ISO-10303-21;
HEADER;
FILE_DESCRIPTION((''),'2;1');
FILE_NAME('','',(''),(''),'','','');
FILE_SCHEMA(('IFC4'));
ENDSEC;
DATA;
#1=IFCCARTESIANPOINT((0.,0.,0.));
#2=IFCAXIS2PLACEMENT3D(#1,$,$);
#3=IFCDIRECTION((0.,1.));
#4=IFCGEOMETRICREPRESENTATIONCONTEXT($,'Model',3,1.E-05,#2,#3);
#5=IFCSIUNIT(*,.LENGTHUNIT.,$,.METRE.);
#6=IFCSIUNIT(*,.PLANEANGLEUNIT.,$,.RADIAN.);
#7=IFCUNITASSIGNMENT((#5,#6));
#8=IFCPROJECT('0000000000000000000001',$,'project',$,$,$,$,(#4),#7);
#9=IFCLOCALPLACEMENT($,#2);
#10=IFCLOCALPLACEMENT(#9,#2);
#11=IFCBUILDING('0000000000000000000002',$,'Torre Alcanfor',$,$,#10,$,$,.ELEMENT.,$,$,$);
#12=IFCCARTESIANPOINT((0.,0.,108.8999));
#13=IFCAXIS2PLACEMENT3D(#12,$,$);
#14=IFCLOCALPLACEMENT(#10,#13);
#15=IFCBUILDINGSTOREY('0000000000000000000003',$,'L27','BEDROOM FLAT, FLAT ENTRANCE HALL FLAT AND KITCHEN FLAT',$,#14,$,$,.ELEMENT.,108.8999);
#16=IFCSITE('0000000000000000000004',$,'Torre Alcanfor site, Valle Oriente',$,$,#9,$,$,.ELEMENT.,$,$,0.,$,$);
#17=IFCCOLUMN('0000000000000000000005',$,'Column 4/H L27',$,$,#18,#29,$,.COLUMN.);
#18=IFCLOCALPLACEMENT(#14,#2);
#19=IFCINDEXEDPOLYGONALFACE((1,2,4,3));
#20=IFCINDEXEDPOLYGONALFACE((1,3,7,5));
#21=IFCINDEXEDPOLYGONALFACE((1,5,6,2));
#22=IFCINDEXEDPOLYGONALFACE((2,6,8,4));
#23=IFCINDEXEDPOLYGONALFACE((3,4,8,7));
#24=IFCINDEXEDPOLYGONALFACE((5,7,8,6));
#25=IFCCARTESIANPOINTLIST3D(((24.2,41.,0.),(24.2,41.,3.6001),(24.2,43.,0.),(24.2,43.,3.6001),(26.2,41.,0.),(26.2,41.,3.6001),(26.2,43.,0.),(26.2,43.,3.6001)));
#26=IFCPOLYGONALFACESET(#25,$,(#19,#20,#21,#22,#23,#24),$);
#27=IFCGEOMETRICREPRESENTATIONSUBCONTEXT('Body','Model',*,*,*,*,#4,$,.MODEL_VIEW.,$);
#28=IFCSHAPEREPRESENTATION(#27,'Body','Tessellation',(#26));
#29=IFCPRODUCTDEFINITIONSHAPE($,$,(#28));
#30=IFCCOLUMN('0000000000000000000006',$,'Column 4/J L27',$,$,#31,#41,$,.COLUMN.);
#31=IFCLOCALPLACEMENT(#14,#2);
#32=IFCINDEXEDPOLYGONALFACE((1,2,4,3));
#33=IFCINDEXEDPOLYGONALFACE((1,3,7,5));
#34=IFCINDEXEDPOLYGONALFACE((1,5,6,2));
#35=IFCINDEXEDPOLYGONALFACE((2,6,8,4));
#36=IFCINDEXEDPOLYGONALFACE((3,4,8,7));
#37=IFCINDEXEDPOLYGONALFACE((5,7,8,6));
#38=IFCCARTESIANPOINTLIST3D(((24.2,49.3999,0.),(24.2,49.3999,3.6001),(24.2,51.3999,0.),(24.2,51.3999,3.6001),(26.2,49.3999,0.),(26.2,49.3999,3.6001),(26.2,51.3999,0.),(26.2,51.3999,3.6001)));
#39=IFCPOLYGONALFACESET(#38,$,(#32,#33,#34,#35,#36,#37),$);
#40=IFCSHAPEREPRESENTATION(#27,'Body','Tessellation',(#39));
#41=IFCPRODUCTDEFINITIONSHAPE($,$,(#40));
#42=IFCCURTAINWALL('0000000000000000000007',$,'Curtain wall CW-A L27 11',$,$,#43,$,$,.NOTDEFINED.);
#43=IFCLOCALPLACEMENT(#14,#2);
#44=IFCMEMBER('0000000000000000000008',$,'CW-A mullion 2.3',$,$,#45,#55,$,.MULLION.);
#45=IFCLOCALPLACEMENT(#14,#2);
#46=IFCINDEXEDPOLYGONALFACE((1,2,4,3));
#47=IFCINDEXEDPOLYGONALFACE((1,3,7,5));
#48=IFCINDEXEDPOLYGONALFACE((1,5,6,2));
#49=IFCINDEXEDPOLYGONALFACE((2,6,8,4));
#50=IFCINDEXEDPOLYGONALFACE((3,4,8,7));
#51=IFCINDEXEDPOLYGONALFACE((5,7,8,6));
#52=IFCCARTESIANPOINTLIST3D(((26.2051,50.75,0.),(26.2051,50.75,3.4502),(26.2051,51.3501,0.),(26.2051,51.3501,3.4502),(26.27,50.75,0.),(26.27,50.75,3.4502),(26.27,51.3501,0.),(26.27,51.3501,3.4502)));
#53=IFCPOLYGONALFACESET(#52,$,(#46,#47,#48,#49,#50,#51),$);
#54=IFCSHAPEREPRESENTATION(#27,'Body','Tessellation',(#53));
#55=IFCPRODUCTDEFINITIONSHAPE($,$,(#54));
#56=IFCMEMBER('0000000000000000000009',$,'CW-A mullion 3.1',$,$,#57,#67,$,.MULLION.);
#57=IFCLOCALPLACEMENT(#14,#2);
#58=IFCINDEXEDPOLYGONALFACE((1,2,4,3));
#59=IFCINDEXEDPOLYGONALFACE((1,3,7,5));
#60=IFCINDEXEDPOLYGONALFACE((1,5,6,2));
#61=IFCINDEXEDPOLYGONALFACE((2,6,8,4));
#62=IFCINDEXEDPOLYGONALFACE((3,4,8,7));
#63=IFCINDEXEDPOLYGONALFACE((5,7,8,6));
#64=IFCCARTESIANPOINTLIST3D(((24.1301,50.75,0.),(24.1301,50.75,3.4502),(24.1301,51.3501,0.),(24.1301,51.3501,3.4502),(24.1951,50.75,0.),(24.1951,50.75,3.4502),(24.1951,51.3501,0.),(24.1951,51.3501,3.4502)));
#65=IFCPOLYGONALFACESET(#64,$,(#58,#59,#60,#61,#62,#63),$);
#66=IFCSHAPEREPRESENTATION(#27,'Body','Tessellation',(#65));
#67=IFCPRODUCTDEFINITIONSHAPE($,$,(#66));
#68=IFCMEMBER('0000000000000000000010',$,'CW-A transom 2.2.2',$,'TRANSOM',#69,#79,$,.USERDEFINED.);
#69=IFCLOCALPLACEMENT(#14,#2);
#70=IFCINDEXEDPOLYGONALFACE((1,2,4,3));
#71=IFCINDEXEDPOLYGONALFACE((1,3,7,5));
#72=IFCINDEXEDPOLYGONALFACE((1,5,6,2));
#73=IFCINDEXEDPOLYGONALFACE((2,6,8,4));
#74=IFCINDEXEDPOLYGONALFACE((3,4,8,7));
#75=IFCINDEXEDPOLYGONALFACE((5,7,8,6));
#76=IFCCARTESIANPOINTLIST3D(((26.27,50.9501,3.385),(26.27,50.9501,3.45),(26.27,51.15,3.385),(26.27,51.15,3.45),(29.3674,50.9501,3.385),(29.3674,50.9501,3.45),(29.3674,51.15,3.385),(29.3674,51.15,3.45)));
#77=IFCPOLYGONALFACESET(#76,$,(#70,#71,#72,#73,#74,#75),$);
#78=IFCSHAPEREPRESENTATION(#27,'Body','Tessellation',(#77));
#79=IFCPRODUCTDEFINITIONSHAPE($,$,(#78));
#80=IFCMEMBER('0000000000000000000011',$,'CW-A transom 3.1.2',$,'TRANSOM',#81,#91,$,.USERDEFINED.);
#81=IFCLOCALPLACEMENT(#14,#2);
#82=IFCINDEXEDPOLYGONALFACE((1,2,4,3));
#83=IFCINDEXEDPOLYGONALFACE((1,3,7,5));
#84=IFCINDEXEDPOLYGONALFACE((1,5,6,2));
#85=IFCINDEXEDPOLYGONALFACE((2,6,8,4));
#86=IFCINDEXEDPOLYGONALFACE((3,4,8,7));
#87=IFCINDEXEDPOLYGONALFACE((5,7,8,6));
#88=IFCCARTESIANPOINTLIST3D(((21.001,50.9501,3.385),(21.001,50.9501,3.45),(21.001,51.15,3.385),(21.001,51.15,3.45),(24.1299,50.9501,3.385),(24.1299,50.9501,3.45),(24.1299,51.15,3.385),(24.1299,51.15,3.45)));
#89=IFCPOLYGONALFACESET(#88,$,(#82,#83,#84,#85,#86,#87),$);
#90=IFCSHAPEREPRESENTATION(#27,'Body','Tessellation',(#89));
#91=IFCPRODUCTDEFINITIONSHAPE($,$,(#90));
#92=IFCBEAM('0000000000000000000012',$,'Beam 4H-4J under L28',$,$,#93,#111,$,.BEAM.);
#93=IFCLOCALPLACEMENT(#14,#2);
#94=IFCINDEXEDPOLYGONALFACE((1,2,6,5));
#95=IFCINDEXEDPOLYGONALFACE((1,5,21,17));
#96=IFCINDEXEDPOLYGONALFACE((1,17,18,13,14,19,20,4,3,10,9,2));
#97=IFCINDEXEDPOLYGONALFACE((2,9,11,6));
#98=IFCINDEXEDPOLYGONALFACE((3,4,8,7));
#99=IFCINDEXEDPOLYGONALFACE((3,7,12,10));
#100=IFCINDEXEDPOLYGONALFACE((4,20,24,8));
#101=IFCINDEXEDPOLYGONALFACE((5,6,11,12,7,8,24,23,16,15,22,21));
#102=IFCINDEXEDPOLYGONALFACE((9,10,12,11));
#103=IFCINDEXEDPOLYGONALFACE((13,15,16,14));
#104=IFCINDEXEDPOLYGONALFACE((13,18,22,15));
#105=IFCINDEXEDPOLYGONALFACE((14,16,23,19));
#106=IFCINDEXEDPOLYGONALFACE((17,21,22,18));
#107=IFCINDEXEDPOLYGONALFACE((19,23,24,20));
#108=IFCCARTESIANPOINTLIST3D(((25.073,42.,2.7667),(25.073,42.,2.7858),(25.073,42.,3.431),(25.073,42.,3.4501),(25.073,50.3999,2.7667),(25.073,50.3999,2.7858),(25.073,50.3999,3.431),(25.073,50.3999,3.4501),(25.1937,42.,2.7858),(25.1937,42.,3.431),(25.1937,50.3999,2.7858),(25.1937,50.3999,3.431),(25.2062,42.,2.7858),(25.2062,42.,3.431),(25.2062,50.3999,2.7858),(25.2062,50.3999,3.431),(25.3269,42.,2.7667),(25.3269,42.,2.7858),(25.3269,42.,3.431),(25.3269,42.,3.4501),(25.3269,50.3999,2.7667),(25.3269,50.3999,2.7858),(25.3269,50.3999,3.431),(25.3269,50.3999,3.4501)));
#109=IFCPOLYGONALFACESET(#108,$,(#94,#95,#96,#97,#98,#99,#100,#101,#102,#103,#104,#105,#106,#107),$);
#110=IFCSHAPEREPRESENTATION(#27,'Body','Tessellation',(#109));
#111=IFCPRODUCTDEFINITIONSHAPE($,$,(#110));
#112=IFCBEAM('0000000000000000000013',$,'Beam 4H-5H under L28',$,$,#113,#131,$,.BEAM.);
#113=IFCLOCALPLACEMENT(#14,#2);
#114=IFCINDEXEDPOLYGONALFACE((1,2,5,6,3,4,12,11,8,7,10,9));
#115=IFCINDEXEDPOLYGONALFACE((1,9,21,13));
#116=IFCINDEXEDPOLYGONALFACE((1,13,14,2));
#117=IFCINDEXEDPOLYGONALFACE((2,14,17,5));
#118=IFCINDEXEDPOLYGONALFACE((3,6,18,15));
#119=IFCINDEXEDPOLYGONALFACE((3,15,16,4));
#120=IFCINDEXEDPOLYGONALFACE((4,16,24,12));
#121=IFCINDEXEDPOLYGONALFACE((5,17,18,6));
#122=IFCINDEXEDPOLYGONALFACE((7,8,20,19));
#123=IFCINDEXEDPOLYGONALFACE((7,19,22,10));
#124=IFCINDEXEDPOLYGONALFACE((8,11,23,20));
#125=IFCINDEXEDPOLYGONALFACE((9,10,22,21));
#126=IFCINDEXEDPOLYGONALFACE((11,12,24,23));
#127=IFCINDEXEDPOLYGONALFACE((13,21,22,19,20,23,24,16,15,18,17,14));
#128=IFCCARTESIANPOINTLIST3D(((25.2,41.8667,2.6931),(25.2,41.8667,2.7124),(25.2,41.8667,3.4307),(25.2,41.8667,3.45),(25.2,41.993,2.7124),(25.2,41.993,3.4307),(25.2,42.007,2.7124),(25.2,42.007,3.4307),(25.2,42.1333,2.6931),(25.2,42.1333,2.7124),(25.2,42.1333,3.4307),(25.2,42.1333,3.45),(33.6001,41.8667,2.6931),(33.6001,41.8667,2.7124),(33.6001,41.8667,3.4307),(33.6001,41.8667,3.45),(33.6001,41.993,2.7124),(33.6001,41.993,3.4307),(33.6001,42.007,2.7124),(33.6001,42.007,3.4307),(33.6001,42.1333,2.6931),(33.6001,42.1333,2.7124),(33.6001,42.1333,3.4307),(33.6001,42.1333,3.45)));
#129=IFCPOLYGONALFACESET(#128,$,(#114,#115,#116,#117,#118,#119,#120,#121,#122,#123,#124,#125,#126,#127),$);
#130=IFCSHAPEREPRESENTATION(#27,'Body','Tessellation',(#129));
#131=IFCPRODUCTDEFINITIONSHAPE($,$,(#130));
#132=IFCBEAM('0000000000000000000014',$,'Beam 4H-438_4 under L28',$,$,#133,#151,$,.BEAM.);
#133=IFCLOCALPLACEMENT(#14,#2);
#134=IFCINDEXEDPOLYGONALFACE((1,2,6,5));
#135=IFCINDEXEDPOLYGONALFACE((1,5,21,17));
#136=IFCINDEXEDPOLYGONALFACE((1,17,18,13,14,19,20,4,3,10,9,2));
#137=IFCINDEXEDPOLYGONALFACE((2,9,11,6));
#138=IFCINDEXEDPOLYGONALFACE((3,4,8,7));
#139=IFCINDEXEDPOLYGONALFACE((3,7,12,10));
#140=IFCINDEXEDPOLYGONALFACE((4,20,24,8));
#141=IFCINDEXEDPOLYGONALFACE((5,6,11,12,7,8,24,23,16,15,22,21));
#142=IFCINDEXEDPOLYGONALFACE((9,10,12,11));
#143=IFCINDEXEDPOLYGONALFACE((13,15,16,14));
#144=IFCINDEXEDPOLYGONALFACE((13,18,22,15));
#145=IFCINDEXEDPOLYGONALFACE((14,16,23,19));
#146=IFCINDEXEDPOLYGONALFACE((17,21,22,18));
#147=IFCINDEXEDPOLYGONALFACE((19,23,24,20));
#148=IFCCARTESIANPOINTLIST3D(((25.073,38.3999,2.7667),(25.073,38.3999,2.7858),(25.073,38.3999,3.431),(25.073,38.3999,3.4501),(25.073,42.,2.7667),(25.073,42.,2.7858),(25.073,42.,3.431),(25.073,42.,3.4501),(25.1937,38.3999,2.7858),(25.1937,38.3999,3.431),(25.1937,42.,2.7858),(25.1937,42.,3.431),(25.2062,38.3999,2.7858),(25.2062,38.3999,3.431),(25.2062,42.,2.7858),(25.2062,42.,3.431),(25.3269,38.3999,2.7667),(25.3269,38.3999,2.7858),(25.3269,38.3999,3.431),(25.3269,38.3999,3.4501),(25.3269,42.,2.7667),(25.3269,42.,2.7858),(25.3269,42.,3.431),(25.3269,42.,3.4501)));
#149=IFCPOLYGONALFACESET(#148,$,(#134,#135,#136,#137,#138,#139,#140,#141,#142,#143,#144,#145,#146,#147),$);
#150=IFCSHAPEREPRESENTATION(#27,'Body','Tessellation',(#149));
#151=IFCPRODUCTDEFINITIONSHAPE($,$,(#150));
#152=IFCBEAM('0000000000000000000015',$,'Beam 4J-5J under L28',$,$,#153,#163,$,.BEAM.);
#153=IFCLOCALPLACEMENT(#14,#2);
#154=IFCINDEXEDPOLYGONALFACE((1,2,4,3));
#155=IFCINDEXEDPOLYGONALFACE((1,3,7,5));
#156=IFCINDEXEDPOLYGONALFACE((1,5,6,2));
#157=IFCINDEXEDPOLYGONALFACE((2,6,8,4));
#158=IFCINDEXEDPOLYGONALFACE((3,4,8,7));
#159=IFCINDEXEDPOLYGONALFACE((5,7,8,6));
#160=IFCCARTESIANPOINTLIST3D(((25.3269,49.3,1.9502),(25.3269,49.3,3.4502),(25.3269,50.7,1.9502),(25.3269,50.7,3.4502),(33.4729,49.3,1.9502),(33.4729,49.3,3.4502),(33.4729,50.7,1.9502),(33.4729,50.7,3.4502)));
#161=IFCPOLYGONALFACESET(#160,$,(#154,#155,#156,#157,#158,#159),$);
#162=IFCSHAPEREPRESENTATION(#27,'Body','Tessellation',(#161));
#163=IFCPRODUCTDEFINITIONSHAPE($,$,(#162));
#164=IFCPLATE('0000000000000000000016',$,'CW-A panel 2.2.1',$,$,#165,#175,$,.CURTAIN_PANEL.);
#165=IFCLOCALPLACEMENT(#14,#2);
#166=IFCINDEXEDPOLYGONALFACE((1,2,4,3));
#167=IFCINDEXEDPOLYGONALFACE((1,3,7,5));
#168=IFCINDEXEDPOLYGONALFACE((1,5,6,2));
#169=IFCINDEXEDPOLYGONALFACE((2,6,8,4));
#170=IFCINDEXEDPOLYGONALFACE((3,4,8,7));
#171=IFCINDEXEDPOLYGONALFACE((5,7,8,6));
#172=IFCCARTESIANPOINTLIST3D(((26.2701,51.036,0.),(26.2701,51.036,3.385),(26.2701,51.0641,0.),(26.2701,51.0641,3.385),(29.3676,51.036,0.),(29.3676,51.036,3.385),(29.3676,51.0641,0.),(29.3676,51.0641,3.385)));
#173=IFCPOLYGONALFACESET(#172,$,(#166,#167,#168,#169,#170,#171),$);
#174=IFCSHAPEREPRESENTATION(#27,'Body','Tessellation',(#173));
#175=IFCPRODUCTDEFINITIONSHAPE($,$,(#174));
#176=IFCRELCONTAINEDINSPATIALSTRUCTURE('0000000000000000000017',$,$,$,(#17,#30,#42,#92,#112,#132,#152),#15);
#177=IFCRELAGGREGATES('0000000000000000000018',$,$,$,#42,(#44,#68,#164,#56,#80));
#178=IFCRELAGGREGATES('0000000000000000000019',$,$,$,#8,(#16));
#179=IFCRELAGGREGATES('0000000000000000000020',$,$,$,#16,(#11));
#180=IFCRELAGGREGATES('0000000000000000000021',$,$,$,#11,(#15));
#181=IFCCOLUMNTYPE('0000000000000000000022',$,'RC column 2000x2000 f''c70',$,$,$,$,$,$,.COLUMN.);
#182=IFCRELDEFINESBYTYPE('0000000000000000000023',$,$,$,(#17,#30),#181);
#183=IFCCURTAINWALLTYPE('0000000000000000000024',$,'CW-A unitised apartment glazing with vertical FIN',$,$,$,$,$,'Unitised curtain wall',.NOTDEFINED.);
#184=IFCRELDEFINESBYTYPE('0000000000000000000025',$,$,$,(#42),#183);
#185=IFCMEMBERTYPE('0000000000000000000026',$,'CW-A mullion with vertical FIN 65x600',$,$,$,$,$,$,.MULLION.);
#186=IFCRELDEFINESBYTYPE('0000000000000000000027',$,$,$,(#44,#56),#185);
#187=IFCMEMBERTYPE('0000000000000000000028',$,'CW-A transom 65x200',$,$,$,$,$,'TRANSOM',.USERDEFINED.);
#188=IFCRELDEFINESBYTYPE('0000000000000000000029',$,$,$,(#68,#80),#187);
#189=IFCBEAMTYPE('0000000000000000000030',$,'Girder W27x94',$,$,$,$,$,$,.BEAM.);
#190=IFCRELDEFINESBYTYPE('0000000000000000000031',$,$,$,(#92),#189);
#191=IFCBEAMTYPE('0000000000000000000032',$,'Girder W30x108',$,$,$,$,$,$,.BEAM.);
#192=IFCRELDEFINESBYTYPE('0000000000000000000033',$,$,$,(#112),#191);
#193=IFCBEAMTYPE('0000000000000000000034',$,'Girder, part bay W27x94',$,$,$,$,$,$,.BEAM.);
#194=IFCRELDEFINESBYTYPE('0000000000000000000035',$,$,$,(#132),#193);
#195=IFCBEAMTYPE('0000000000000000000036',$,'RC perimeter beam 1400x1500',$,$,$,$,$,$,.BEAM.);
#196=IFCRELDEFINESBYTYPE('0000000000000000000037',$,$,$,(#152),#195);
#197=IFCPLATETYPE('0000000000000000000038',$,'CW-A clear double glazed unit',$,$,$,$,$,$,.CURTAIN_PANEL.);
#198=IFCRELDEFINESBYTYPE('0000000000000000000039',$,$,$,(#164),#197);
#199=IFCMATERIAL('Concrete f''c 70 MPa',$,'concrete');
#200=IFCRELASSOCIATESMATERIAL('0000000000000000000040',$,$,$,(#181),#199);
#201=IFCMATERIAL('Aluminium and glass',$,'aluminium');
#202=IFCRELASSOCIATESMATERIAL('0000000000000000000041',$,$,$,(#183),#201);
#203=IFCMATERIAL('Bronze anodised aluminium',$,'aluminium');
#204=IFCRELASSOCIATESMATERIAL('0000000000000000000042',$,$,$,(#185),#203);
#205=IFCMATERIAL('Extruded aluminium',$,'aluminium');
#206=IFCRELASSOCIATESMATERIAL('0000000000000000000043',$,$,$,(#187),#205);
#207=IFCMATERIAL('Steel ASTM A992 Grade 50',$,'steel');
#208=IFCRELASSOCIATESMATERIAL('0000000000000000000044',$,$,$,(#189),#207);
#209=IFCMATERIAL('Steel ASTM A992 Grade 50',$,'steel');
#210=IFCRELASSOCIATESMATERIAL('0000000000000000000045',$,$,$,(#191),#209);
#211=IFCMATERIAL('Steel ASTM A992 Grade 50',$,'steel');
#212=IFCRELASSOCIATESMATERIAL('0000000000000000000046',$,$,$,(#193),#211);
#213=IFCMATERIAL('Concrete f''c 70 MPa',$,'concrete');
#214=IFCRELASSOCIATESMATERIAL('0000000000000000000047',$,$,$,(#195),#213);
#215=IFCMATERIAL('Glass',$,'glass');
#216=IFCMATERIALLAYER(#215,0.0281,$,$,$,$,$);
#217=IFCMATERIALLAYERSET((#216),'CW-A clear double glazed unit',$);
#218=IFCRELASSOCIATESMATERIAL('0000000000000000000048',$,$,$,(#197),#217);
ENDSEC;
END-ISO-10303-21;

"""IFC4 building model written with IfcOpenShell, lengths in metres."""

from ifc_helpers import new_model, si_unit, direction, frame, origin, origin_2d, place, context, subcontext, project, spatial, rectangle, i_section, extrude, material, layer, layer_set, material_profile, profile_set, type_object, element, aggregate, save


model = new_model("IFC4")

# Units and contexts
model_context = context("Model", 3, precision=1e-05, world=origin(), true_north=direction((0.0, 1.0)))
body_context = subcontext(model_context, "Body", "Model", "MODEL_VIEW")
ifc_project = project(units=[si_unit("LENGTHUNIT", "METRE"), si_unit("PLANEANGLEUNIT", "RADIAN")], contexts=[model_context])

# Site, building, storey
site_placement = place(None, origin())
site = spatial("IfcSite", under=ifc_project, at=site_placement, Name="Torre Alcanfor site, Valle Oriente", CompositionType="ELEMENT", RefElevation=0.0)
building_placement = place(site_placement, origin())
building = spatial("IfcBuilding", under=site, at=building_placement, Name="Torre Alcanfor", CompositionType="ELEMENT")
storey_placement = place(building_placement, frame((0.0, 0.0, 108.8999)))
storey = spatial("IfcBuildingStorey", under=building, at=storey_placement, Name="L27", Description="BEDROOM FLAT, FLAT ENTRANCE HALL FLAT AND KITCHEN FLAT", CompositionType="ELEMENT", Elevation=108.8999)

# Columns
ifc_material_1 = material(Name="Concrete f'c 70 MPa", Category="concrete")
ifc_material_profile_1 = material_profile(ifc_material_1, rectangle(XDim=2.0, YDim=2.0, at=origin_2d()), Name="2000x2000")
ifc_profile_set_1 = profile_set([ifc_material_profile_1], Name="Concrete f'c 70 MPa")
column_type = type_object("IfcColumnType", Name="RC column 2000x2000 f'c70", PredefinedType="COLUMN", material=ifc_profile_set_1)
for number, where, z_axis, x_axis, name in (
    (1, (25.2, 42.0, 0.0), (0.0, 0.0, 1.0), (1.0, 0.0, 0.0), "Column 4/H L27"),
    (2, (25.2, 50.3999, 0.0), (0.0, 0.0, 1.0), (1.0, 0.0, 0.0), "Column 4/J L27"),
):
    element("IfcColumn", number, at=place(storey_placement, frame(where, z_axis=z_axis, x_axis=x_axis)), inside=storey, type_object=column_type, Name=name, PredefinedType="COLUMN", context=body_context, shape_type="SweptSolid", body=[
        extrude(rectangle(XDim=2.0, YDim=2.0, at=origin_2d()), origin(), (0.0, 0.0, 1.0), 3.6001),
    ])

# Curtain wall, members
ifc_material_2 = material(Name="Aluminium and glass", Category="aluminium")
curtain_wall_type = type_object("IfcCurtainWallType", Name="CW-A unitised apartment glazing with vertical FIN", ElementType="Unitised curtain wall", PredefinedType="NOTDEFINED", material=ifc_material_2)
curtain_wall_placement = place(storey_placement, origin())
curtain_wall = element("IfcCurtainWall", 3, at=curtain_wall_placement, inside=storey, type_object=curtain_wall_type, Name="Curtain wall CW-A L27 11", PredefinedType="NOTDEFINED")
ifc_material_3 = material(Name="Bronze anodised aluminium", Category="aluminium")
ifc_material_profile_2 = material_profile(ifc_material_3, rectangle(XDim=0.6001, YDim=0.0649, at=origin_2d()), Name="CW-A mullion 65x600")
ifc_profile_set_2 = profile_set([ifc_material_profile_2], Name="Bronze anodised aluminium")
member_type_1 = type_object("IfcMemberType", Name="CW-A mullion with vertical FIN 65x600", PredefinedType="MULLION", material=ifc_profile_set_2)
member_1_placement = place(storey_placement, frame((26.2375, 51.05, 0.0), z_axis=(0.0, 0.0, 1.0), x_axis=(0.0, -1.0, 0.0)))
member_1 = element("IfcMember", 4, at=member_1_placement, type_object=member_type_1, Name="CW-A mullion 2.3", PredefinedType="MULLION", context=body_context, shape_type="SweptSolid", body=[
    extrude(rectangle(XDim=0.6001, YDim=0.0649, at=origin_2d()), origin(), (0.0, 0.0, 1.0), 3.4502),
])
member_2_placement = place(storey_placement, frame((24.1626, 51.05, 0.0), z_axis=(0.0, 0.0, 1.0), x_axis=(0.0, -1.0, 0.0)))
member_2 = element("IfcMember", 5, at=member_2_placement, type_object=member_type_1, Name="CW-A mullion 3.1", PredefinedType="MULLION", context=body_context, shape_type="SweptSolid", body=[
    extrude(rectangle(XDim=0.6001, YDim=0.0649, at=origin_2d()), origin(), (0.0, 0.0, 1.0), 3.4502),
])
ifc_material_4 = material(Name="Extruded aluminium", Category="aluminium")
ifc_material_profile_3 = material_profile(ifc_material_4, rectangle(XDim=0.2, YDim=0.0649, at=origin_2d()), Name="CW-A transom 200x65")
ifc_profile_set_3 = profile_set([ifc_material_profile_3], Name="Extruded aluminium")
member_type_2 = type_object("IfcMemberType", Name="CW-A transom 65x200", ElementType="TRANSOM", PredefinedType="USERDEFINED", material=ifc_profile_set_3)
member_3_placement = place(storey_placement, frame((29.3674, 51.05, 3.4175), z_axis=(-1.0, 0.0, 0.0), x_axis=(0.0, -1.0, 0.0)))
member_3 = element("IfcMember", 6, at=member_3_placement, type_object=member_type_2, Name="CW-A transom 2.2.2", ObjectType="TRANSOM", PredefinedType="USERDEFINED", context=body_context, shape_type="SweptSolid", body=[
    extrude(rectangle(XDim=0.2, YDim=0.0649, at=origin_2d()), origin(), (0.0, 0.0, 1.0), 3.0974),
])
member_4_placement = place(storey_placement, frame((24.1299, 51.05, 3.4175), z_axis=(-1.0, 0.0, 0.0), x_axis=(0.0, -1.0, 0.0)))
member_4 = element("IfcMember", 7, at=member_4_placement, type_object=member_type_2, Name="CW-A transom 3.1.2", ObjectType="TRANSOM", PredefinedType="USERDEFINED", context=body_context, shape_type="SweptSolid", body=[
    extrude(rectangle(XDim=0.2, YDim=0.0649, at=origin_2d()), origin(), (0.0, 0.0, 1.0), 3.1289),
])

# Beams
ifc_material_5 = material(Name="Steel ASTM A992 Grade 50", Category="steel")
ifc_material_profile_4 = material_profile(ifc_material_5, i_section(OverallWidth=0.2539, OverallDepth=0.6833, WebThickness=0.0125, FlangeThickness=0.019, at=origin_2d()), Name="W27x94")
ifc_profile_set_4 = profile_set([ifc_material_profile_4], Name="Steel ASTM A992 Grade 50")
beam_type_1 = type_object("IfcBeamType", Name="Girder W27x94", PredefinedType="BEAM", material=ifc_profile_set_4)
beam_1_placement = place(storey_placement, frame((25.2, 42.0, 3.1084), z_axis=(0.0, 1.0, 0.0), x_axis=(-1.0, 0.0, 0.0)))
element("IfcBeam", 8, at=beam_1_placement, inside=storey, type_object=beam_type_1, Name="Beam 4H-4J under L28", PredefinedType="BEAM", context=body_context, shape_type="SweptSolid", body=[
    extrude(i_section(OverallWidth=0.2539, OverallDepth=0.6833, WebThickness=0.0125, FlangeThickness=0.019, at=origin_2d()), origin(), (0.0, 0.0, 1.0), 8.3999),
])
ifc_material_6 = material(Name="Steel ASTM A992 Grade 50", Category="steel")
ifc_material_profile_5 = material_profile(ifc_material_6, i_section(OverallWidth=0.2666, OverallDepth=0.7568, WebThickness=0.0139, FlangeThickness=0.0193, at=origin_2d()), Name="W30x108")
ifc_profile_set_5 = profile_set([ifc_material_profile_5], Name="Steel ASTM A992 Grade 50")
beam_type_2 = type_object("IfcBeamType", Name="Girder W30x108", PredefinedType="BEAM", material=ifc_profile_set_5)
beam_2_placement = place(storey_placement, frame((25.2, 42.0, 3.0715), z_axis=(1.0, 0.0, 0.0), x_axis=(0.0, 1.0, 0.0)))
element("IfcBeam", 9, at=beam_2_placement, inside=storey, type_object=beam_type_2, Name="Beam 4H-5H under L28", PredefinedType="BEAM", context=body_context, shape_type="SweptSolid", body=[
    extrude(i_section(OverallWidth=0.2666, OverallDepth=0.7568, WebThickness=0.0139, FlangeThickness=0.0193, at=origin_2d()), origin(), (0.0, 0.0, 1.0), 8.4001),
])
ifc_material_7 = material(Name="Steel ASTM A992 Grade 50", Category="steel")
ifc_material_profile_6 = material_profile(ifc_material_7, i_section(OverallWidth=0.2539, OverallDepth=0.6833, WebThickness=0.0125, FlangeThickness=0.019, at=origin_2d()), Name="W27x94")
ifc_profile_set_6 = profile_set([ifc_material_profile_6], Name="Steel ASTM A992 Grade 50")
beam_type_3 = type_object("IfcBeamType", Name="Girder, part bay W27x94", PredefinedType="BEAM", material=ifc_profile_set_6)
beam_3_placement = place(storey_placement, frame((25.2, 42.0, 3.1084), z_axis=(0.0, -1.0, 0.0), x_axis=(1.0, 0.0, 0.0)))
element("IfcBeam", 10, at=beam_3_placement, inside=storey, type_object=beam_type_3, Name="Beam 4H-438_4 under L28", PredefinedType="BEAM", context=body_context, shape_type="SweptSolid", body=[
    extrude(i_section(OverallWidth=0.2539, OverallDepth=0.6833, WebThickness=0.0125, FlangeThickness=0.019, at=origin_2d()), origin(), (0.0, 0.0, 1.0), 3.6001),
])
ifc_material_8 = material(Name="Concrete f'c 70 MPa", Category="concrete")
ifc_material_profile_7 = material_profile(ifc_material_8, rectangle(XDim=1.3999, YDim=1.5, at=origin_2d()), Name="1400x1500")
ifc_profile_set_7 = profile_set([ifc_material_profile_7], Name="Concrete f'c 70 MPa")
beam_type_4 = type_object("IfcBeamType", Name="RC perimeter beam 1400x1500", PredefinedType="BEAM", material=ifc_profile_set_7)
beam_4_placement = place(storey_placement, frame((25.3269, 50.0, 2.7002), z_axis=(1.0, 0.0, 0.0), x_axis=(0.0, 1.0, 0.0)))
element("IfcBeam", 11, at=beam_4_placement, inside=storey, type_object=beam_type_4, Name="Beam 4J-5J under L28", PredefinedType="BEAM", context=body_context, shape_type="SweptSolid", body=[
    extrude(rectangle(XDim=1.3999, YDim=1.5, at=origin_2d()), origin(), (0.0, 0.0, 1.0), 8.146),
])

# Plate
ifc_material_9 = material(Name="Glass", Category="glass")
ifc_layer_1 = layer(ifc_material_9, 0.0281)
ifc_layer_set_1 = layer_set([ifc_layer_1], Name="CW-A clear double glazed unit")
plate_type = type_object("IfcPlateType", Name="CW-A clear double glazed unit", PredefinedType="CURTAIN_PANEL", material=ifc_layer_set_1)
plate_1_placement = place(storey_placement, frame((27.8188, 51.05, 0.0), z_axis=(0.0, 0.0, 1.0), x_axis=(-1.0, 0.0, 0.0)))
plate_1 = element("IfcPlate", 12, at=plate_1_placement, type_object=plate_type, Name="CW-A panel 2.2.1", PredefinedType="CURTAIN_PANEL", context=body_context, shape_type="SweptSolid", body=[
    extrude(rectangle(XDim=3.0974, YDim=0.0281, at=origin_2d()), origin(), (0.0, 0.0, 1.0), 3.385),
])
aggregate(curtain_wall, [member_1, member_3, plate_1, member_2, member_4])

save(model, "model.ifc")
